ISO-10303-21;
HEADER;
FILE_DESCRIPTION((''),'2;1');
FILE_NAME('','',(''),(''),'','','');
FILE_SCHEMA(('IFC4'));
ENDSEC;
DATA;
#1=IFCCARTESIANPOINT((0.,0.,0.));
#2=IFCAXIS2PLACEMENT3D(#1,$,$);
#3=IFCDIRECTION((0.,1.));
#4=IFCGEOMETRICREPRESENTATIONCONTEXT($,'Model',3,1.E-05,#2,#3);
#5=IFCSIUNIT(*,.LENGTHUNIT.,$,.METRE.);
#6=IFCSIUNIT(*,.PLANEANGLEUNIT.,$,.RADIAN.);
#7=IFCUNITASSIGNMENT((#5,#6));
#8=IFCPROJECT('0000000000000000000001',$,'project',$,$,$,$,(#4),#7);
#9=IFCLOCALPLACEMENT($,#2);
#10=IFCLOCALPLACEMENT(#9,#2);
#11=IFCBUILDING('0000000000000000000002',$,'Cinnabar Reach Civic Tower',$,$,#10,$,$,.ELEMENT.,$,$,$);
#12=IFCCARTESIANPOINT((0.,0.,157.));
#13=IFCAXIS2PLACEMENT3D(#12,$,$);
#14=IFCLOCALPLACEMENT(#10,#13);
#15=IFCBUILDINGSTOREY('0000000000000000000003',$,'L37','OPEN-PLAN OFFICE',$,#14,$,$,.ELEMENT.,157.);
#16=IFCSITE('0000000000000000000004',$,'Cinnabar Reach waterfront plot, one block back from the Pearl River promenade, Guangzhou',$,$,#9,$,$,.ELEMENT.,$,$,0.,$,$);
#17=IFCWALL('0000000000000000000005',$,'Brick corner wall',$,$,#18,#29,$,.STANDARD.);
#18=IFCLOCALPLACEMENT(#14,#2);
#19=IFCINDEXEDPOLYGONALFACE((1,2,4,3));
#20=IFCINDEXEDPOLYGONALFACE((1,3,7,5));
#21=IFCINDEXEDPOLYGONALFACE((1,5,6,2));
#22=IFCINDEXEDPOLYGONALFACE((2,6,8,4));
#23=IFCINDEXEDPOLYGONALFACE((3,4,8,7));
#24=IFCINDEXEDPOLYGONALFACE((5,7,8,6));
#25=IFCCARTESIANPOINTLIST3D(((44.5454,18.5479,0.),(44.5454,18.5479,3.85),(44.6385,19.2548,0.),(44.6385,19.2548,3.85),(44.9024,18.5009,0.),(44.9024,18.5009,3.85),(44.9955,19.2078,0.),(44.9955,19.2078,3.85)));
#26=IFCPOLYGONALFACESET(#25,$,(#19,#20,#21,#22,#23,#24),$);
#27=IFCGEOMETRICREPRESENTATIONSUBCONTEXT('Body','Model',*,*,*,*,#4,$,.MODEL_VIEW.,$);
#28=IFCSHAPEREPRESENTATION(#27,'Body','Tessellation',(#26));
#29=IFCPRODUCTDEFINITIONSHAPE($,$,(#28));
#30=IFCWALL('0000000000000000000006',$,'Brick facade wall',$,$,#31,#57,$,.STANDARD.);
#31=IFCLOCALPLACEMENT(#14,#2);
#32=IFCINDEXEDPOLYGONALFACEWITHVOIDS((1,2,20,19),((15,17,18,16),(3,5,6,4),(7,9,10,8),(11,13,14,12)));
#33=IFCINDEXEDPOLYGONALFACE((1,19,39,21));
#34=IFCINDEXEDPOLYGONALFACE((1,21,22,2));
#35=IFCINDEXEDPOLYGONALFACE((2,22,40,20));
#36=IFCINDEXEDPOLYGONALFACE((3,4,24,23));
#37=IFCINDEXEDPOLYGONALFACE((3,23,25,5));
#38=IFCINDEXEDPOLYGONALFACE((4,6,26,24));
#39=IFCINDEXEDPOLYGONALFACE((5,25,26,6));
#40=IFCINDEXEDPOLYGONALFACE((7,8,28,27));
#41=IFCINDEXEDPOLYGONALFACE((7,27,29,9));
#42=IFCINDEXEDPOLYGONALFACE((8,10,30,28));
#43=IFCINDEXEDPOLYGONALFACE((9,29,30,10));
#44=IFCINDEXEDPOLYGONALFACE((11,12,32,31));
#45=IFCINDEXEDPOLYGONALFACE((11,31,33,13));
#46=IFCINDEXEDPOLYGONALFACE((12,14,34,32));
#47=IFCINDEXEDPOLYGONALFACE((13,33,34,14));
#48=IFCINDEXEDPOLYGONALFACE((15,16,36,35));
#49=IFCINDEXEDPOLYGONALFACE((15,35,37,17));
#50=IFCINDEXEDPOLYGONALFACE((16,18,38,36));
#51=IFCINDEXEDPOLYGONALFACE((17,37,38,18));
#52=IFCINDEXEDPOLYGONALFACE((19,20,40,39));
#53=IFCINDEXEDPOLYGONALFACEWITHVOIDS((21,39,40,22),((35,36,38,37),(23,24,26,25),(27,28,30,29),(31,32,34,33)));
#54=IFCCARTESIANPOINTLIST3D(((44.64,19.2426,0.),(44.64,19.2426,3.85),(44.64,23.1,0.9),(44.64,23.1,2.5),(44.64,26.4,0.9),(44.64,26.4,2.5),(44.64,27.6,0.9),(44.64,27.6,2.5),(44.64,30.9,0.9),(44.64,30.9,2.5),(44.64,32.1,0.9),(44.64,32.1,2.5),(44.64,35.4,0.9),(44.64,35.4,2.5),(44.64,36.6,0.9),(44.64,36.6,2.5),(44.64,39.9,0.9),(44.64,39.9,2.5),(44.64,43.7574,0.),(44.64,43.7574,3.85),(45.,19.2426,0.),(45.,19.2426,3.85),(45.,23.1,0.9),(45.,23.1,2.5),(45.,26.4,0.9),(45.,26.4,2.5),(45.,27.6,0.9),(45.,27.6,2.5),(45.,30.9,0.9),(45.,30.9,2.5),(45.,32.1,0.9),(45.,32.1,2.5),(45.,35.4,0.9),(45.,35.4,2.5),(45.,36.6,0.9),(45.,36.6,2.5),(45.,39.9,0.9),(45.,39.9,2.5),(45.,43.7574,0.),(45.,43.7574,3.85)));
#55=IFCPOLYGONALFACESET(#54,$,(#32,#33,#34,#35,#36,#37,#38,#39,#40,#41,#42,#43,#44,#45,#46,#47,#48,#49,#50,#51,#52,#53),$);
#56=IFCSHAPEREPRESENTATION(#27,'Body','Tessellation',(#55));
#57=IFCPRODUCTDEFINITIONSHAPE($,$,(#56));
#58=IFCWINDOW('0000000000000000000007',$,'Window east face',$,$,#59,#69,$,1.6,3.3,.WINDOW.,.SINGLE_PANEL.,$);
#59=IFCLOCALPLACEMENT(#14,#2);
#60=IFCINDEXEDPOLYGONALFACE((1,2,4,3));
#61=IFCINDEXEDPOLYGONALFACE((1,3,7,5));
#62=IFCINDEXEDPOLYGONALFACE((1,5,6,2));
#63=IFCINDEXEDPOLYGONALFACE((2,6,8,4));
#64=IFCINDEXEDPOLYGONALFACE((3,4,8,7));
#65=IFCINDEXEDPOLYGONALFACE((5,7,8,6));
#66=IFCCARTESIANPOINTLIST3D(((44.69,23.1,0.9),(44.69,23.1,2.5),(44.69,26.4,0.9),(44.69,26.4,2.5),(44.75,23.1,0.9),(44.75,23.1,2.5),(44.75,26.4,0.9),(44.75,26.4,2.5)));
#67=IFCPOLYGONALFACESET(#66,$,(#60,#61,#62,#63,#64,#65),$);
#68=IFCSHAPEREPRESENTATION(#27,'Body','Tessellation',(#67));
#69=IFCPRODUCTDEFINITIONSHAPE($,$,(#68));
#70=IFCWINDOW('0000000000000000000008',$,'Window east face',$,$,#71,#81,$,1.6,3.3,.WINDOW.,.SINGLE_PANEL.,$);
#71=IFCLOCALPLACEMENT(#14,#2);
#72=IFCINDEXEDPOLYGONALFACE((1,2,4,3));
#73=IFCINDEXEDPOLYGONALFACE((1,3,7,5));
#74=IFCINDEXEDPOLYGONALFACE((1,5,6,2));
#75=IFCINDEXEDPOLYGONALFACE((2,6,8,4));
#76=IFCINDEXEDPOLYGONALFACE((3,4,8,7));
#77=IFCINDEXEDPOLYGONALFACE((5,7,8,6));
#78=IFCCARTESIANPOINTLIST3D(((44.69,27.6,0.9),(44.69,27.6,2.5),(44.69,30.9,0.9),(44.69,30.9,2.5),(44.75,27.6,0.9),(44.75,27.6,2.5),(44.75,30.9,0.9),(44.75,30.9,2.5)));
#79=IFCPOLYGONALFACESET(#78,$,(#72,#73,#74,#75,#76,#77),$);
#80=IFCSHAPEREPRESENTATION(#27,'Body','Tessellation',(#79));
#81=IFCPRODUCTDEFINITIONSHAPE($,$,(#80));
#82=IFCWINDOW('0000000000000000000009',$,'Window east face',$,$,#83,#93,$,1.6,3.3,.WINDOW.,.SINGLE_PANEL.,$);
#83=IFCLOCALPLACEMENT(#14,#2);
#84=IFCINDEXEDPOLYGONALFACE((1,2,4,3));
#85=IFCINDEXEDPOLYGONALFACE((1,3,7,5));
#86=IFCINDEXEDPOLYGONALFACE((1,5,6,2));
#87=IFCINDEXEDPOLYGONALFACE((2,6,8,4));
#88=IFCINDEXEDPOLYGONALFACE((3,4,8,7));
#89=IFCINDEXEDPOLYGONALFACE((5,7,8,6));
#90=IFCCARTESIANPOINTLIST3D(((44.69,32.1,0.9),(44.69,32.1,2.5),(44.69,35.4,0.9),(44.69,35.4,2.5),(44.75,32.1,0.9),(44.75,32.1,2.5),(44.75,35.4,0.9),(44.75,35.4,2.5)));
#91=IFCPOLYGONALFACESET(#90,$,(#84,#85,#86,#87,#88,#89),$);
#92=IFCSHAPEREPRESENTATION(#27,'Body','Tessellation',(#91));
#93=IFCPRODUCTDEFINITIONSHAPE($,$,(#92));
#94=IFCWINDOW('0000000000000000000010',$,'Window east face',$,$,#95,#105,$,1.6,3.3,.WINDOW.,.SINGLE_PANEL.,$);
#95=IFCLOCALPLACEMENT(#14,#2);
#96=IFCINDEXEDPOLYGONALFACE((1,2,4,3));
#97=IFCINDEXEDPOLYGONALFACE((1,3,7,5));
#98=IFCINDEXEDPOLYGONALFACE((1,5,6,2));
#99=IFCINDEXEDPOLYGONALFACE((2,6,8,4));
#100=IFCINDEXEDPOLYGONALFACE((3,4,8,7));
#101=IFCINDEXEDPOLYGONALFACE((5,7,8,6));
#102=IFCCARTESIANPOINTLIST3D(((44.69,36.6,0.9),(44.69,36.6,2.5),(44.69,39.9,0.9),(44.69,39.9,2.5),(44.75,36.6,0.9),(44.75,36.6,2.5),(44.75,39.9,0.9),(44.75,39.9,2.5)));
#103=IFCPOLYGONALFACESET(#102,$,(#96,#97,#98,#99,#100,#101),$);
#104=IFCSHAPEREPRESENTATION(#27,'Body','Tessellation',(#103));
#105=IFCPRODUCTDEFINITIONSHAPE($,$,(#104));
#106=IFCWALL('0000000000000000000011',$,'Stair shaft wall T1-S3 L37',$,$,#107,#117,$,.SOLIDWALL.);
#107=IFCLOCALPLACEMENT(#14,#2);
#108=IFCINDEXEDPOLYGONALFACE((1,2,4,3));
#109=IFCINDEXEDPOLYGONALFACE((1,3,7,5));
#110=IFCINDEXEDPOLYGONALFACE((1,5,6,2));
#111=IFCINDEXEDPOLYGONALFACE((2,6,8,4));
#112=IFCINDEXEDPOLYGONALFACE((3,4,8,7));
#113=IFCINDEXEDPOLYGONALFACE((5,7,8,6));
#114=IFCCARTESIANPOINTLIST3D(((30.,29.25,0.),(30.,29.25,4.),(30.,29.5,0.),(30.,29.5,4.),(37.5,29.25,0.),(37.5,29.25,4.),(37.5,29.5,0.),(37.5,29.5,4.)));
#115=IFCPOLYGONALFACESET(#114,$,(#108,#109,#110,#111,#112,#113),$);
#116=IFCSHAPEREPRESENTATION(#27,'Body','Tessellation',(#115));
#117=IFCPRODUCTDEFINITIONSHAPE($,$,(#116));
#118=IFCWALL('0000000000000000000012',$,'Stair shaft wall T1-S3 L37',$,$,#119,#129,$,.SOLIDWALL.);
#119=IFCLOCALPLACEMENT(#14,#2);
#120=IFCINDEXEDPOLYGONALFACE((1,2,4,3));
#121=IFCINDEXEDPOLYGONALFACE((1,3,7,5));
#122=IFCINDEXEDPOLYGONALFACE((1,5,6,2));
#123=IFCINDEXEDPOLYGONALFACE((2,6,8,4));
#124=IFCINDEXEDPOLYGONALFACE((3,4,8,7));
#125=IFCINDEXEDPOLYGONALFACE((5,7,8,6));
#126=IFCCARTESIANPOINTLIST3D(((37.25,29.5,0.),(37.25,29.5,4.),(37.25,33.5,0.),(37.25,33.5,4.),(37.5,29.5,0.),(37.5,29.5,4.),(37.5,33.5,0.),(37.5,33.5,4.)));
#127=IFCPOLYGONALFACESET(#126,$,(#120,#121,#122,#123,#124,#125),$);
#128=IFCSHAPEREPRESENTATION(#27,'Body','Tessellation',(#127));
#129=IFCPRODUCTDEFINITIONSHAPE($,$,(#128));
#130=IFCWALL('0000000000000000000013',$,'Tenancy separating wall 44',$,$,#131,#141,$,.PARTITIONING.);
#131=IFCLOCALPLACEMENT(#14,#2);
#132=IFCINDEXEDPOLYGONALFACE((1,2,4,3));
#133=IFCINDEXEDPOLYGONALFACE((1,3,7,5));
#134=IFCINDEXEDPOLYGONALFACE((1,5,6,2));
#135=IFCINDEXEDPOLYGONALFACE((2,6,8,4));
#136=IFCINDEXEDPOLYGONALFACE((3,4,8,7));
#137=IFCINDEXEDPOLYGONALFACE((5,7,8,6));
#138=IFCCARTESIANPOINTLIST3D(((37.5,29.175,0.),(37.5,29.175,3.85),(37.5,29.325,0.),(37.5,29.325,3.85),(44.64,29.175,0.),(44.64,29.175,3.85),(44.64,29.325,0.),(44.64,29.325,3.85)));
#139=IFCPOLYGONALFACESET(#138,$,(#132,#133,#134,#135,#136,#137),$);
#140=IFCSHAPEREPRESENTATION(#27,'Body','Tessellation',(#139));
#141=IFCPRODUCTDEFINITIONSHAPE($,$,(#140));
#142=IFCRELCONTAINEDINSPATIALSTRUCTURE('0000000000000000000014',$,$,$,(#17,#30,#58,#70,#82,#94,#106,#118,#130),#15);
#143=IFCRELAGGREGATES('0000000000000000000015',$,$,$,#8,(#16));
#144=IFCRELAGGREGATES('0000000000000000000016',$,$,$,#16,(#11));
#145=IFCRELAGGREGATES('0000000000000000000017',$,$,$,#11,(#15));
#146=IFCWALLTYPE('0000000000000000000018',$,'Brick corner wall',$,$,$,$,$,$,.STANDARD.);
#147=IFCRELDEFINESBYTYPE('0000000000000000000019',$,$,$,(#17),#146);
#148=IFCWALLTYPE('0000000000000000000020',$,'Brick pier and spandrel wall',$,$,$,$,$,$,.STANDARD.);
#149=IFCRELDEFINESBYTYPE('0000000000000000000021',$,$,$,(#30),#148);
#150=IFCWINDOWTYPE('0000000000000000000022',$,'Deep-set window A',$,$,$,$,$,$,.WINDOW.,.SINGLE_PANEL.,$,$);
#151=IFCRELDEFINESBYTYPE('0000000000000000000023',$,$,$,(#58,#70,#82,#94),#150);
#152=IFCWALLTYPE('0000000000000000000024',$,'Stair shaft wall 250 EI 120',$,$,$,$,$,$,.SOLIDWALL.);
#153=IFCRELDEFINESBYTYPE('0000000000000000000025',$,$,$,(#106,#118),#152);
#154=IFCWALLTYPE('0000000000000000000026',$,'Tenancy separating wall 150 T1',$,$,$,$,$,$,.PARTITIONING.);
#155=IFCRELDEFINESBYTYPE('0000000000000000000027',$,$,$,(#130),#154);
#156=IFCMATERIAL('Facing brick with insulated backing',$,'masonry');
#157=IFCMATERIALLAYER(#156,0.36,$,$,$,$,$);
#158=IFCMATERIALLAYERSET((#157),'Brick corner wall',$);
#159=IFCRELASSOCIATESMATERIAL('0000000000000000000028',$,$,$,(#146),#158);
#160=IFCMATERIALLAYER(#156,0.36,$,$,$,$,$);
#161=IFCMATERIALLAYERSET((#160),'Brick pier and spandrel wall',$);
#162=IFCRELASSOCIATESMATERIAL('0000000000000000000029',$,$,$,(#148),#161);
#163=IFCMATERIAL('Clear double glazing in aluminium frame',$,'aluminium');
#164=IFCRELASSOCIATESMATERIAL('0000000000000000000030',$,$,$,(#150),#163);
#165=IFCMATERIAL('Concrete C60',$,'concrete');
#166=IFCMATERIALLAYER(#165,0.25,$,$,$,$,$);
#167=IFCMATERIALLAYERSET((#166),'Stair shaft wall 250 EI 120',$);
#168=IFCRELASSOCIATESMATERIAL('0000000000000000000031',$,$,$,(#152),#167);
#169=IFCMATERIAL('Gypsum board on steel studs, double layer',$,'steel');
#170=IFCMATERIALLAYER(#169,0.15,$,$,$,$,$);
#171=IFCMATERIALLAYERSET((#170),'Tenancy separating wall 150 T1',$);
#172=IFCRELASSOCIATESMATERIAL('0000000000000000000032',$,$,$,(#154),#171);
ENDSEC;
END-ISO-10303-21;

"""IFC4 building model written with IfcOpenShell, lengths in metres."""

from ifc_helpers import new_model, si_unit, direction, frame, frame_2d, origin, place, context, subcontext, project, spatial, rectangle, extrude, material, layer, layer_set, type_object, element, fill, save


model = new_model("IFC4")

# Units and contexts
model_context = context("Model", 3, precision=1e-05, world=origin(), true_north=direction((0.0, 1.0)))
body_context = subcontext(model_context, "Body", "Model", "MODEL_VIEW")
ifc_project = project(units=[si_unit("LENGTHUNIT", "METRE"), si_unit("PLANEANGLEUNIT", "RADIAN")], contexts=[model_context])

# Site, building, storey
site_placement = place(None, origin())
site = spatial("IfcSite", under=ifc_project, at=site_placement, Name="Cinnabar Reach waterfront plot, one block back from the Pearl River promenade, Guangzhou", CompositionType="ELEMENT", RefElevation=0.0)
building_placement = place(site_placement, origin())
building = spatial("IfcBuilding", under=site, at=building_placement, Name="Cinnabar Reach Civic Tower", CompositionType="ELEMENT")
storey_placement = place(building_placement, frame((0.0, 0.0, 157.0)))
storey = spatial("IfcBuildingStorey", under=building, at=storey_placement, Name="L37", Description="OPEN-PLAN OFFICE", CompositionType="ELEMENT", Elevation=157.0)

# Wall
ifc_material_1 = material(Name="Facing brick with insulated backing", Category="masonry")
ifc_layer_1 = layer(ifc_material_1, 0.36)
ifc_layer_set_1 = layer_set([ifc_layer_1], Name="Brick corner wall")
wall_type_1 = type_object("IfcWallType", Name="Brick corner wall", PredefinedType="STANDARD", material=ifc_layer_set_1)
wall_1_placement = place(storey_placement, frame((44.7239, 18.5244, 0.0), z_axis=(0.0, 0.0, 1.0), x_axis=(0.130556, 0.991441, 0.0)))
element("IfcWall", 1, at=wall_1_placement, inside=storey, type_object=wall_type_1, Name="Brick corner wall", PredefinedType="STANDARD", context=body_context, shape_type="SweptSolid", body=[
    extrude(rectangle(XDim=0.7131, YDim=0.36, at=frame_2d((0.3565, 0.0))), origin(), (0.0, 0.0, 1.0), 3.85),
])

# Wall, openings, windows
ifc_layer_2 = layer(ifc_material_1, 0.36)
ifc_layer_set_2 = layer_set([ifc_layer_2], Name="Brick pier and spandrel wall")
wall_type_2 = type_object("IfcWallType", Name="Brick pier and spandrel wall", PredefinedType="STANDARD", material=ifc_layer_set_2)
wall_2_placement = place(storey_placement, frame((44.82, 19.2426, 0.0), z_axis=(0.0, 0.0, 1.0), x_axis=(0.0, 1.0, 0.0)))
wall_2 = element("IfcWall", 2, at=wall_2_placement, inside=storey, type_object=wall_type_2, Name="Brick facade wall", PredefinedType="STANDARD", context=body_context, shape_type="SweptSolid", body=[
    extrude(rectangle(XDim=24.5148, YDim=0.36, at=frame_2d((12.2574, 0.0))), origin(), (0.0, 0.0, 1.0), 3.85),
])
opening_1_placement = place(wall_2_placement, frame((3.8574, 0.0, 0.9)))
opening_1 = element("IfcOpeningElement", 3, at=opening_1_placement, cuts=wall_2, PredefinedType="OPENING", context=body_context, shape_type="SweptSolid", body=[
    extrude(rectangle(XDim=3.3, YDim=1.6, at=frame_2d((1.65, 0.8))), frame((0.0, 0.19, 0.0), z_axis=(0.0, -1.0, 0.0), x_axis=(1.0, 0.0, 0.0)), (0.0, 0.0, 1.0), 0.38),
])
opening_2_placement = place(wall_2_placement, frame((8.3574, 0.0, 0.9)))
opening_2 = element("IfcOpeningElement", 4, at=opening_2_placement, cuts=wall_2, PredefinedType="OPENING", context=body_context, shape_type="SweptSolid", body=[
    extrude(rectangle(XDim=3.3, YDim=1.6, at=frame_2d((1.65, 0.8))), frame((0.0, 0.19, 0.0), z_axis=(0.0, -1.0, 0.0), x_axis=(1.0, 0.0, 0.0)), (0.0, 0.0, 1.0), 0.38),
])
opening_3_placement = place(wall_2_placement, frame((12.8574, 0.0, 0.9)))
opening_3 = element("IfcOpeningElement", 5, at=opening_3_placement, cuts=wall_2, PredefinedType="OPENING", context=body_context, shape_type="SweptSolid", body=[
    extrude(rectangle(XDim=3.3, YDim=1.6, at=frame_2d((1.65, 0.8))), frame((0.0, 0.19, 0.0), z_axis=(0.0, -1.0, 0.0), x_axis=(1.0, 0.0, 0.0)), (0.0, 0.0, 1.0), 0.38),
])
opening_4_placement = place(wall_2_placement, frame((17.3574, 0.0, 0.9)))
opening_4 = element("IfcOpeningElement", 6, at=opening_4_placement, cuts=wall_2, PredefinedType="OPENING", context=body_context, shape_type="SweptSolid", body=[
    extrude(rectangle(XDim=3.3, YDim=1.6, at=frame_2d((1.65, 0.8))), frame((0.0, 0.19, 0.0), z_axis=(0.0, -1.0, 0.0), x_axis=(1.0, 0.0, 0.0)), (0.0, 0.0, 1.0), 0.38),
])
ifc_material_2 = material(Name="Clear double glazing in aluminium frame", Category="aluminium")
window_type = type_object("IfcWindowType", Name="Deep-set window A", PartitioningType="SINGLE_PANEL", PredefinedType="WINDOW", material=ifc_material_2)
window_1_placement = place(opening_1_placement, origin())
window_1 = element("IfcWindow", 7, at=window_1_placement, inside=storey, type_object=window_type, Name="Window east face", OverallHeight=1.6, OverallWidth=3.3, PartitioningType="SINGLE_PANEL", PredefinedType="WINDOW", context=body_context, shape_type="SweptSolid", body=[
    extrude(rectangle(XDim=3.3, YDim=1.6, at=frame_2d((1.65, 0.8))), frame((0.0, 0.13, 0.0), z_axis=(0.0, -1.0, 0.0), x_axis=(1.0, 0.0, 0.0)), (0.0, 0.0, 1.0), 0.06),
])
fill(opening_1, window_1)
window_2_placement = place(opening_2_placement, origin())
window_2 = element("IfcWindow", 8, at=window_2_placement, inside=storey, type_object=window_type, Name="Window east face", OverallHeight=1.6, OverallWidth=3.3, PartitioningType="SINGLE_PANEL", PredefinedType="WINDOW", context=body_context, shape_type="SweptSolid", body=[
    extrude(rectangle(XDim=3.3, YDim=1.6, at=frame_2d((1.65, 0.8))), frame((0.0, 0.13, 0.0), z_axis=(0.0, -1.0, 0.0), x_axis=(1.0, 0.0, 0.0)), (0.0, 0.0, 1.0), 0.06),
])
fill(opening_2, window_2)
window_3_placement = place(opening_3_placement, origin())
window_3 = element("IfcWindow", 9, at=window_3_placement, inside=storey, type_object=window_type, Name="Window east face", OverallHeight=1.6, OverallWidth=3.3, PartitioningType="SINGLE_PANEL", PredefinedType="WINDOW", context=body_context, shape_type="SweptSolid", body=[
    extrude(rectangle(XDim=3.3, YDim=1.6, at=frame_2d((1.65, 0.8))), frame((0.0, 0.13, 0.0), z_axis=(0.0, -1.0, 0.0), x_axis=(1.0, 0.0, 0.0)), (0.0, 0.0, 1.0), 0.06),
])
fill(opening_3, window_3)
window_4_placement = place(opening_4_placement, origin())
window_4 = element("IfcWindow", 10, at=window_4_placement, inside=storey, type_object=window_type, Name="Window east face", OverallHeight=1.6, OverallWidth=3.3, PartitioningType="SINGLE_PANEL", PredefinedType="WINDOW", context=body_context, shape_type="SweptSolid", body=[
    extrude(rectangle(XDim=3.3, YDim=1.6, at=frame_2d((1.65, 0.8))), frame((0.0, 0.13, 0.0), z_axis=(0.0, -1.0, 0.0), x_axis=(1.0, 0.0, 0.0)), (0.0, 0.0, 1.0), 0.06),
])
fill(opening_4, window_4)

# Walls
ifc_material_3 = material(Name="Concrete C60", Category="concrete")
ifc_layer_3 = layer(ifc_material_3, 0.25)
ifc_layer_set_3 = layer_set([ifc_layer_3], Name="Stair shaft wall 250 EI 120")
wall_type_3 = type_object("IfcWallType", Name="Stair shaft wall 250 EI 120", PredefinedType="SOLIDWALL", material=ifc_layer_set_3)
wall_3_placement = place(storey_placement, frame((30.0, 29.375, 0.0), z_axis=(0.0, 0.0, 1.0), x_axis=(1.0, 0.0, 0.0)))
element("IfcWall", 11, at=wall_3_placement, inside=storey, type_object=wall_type_3, Name="Stair shaft wall T1-S3 L37", PredefinedType="SOLIDWALL", context=body_context, shape_type="SweptSolid", body=[
    extrude(rectangle(XDim=7.5, YDim=0.25, at=frame_2d((3.75, 0.0))), origin(), (0.0, 0.0, 1.0), 4.0),
])
wall_4_placement = place(storey_placement, frame((37.375, 29.5, 0.0), z_axis=(0.0, 0.0, 1.0), x_axis=(0.0, 1.0, 0.0)))
element("IfcWall", 12, at=wall_4_placement, inside=storey, type_object=wall_type_3, Name="Stair shaft wall T1-S3 L37", PredefinedType="SOLIDWALL", context=body_context, shape_type="SweptSolid", body=[
    extrude(rectangle(XDim=4.0, YDim=0.25, at=frame_2d((2.0, 0.0))), origin(), (0.0, 0.0, 1.0), 4.0),
])
ifc_material_4 = material(Name="Gypsum board on steel studs, double layer", Category="steel")
ifc_layer_4 = layer(ifc_material_4, 0.15)
ifc_layer_set_4 = layer_set([ifc_layer_4], Name="Tenancy separating wall 150 T1")
wall_type_4 = type_object("IfcWallType", Name="Tenancy separating wall 150 T1", PredefinedType="PARTITIONING", material=ifc_layer_set_4)
wall_5_placement = place(storey_placement, frame((37.5, 29.25, 0.0), z_axis=(0.0, 0.0, 1.0), x_axis=(1.0, 0.0, 0.0)))
element("IfcWall", 13, at=wall_5_placement, inside=storey, type_object=wall_type_4, Name="Tenancy separating wall 44", PredefinedType="PARTITIONING", context=body_context, shape_type="SweptSolid", body=[
    extrude(rectangle(XDim=7.14, YDim=0.15, at=frame_2d((3.57, 0.0))), origin(), (0.0, 0.0, 1.0), 3.85),
])

save(model, "model.ifc")
